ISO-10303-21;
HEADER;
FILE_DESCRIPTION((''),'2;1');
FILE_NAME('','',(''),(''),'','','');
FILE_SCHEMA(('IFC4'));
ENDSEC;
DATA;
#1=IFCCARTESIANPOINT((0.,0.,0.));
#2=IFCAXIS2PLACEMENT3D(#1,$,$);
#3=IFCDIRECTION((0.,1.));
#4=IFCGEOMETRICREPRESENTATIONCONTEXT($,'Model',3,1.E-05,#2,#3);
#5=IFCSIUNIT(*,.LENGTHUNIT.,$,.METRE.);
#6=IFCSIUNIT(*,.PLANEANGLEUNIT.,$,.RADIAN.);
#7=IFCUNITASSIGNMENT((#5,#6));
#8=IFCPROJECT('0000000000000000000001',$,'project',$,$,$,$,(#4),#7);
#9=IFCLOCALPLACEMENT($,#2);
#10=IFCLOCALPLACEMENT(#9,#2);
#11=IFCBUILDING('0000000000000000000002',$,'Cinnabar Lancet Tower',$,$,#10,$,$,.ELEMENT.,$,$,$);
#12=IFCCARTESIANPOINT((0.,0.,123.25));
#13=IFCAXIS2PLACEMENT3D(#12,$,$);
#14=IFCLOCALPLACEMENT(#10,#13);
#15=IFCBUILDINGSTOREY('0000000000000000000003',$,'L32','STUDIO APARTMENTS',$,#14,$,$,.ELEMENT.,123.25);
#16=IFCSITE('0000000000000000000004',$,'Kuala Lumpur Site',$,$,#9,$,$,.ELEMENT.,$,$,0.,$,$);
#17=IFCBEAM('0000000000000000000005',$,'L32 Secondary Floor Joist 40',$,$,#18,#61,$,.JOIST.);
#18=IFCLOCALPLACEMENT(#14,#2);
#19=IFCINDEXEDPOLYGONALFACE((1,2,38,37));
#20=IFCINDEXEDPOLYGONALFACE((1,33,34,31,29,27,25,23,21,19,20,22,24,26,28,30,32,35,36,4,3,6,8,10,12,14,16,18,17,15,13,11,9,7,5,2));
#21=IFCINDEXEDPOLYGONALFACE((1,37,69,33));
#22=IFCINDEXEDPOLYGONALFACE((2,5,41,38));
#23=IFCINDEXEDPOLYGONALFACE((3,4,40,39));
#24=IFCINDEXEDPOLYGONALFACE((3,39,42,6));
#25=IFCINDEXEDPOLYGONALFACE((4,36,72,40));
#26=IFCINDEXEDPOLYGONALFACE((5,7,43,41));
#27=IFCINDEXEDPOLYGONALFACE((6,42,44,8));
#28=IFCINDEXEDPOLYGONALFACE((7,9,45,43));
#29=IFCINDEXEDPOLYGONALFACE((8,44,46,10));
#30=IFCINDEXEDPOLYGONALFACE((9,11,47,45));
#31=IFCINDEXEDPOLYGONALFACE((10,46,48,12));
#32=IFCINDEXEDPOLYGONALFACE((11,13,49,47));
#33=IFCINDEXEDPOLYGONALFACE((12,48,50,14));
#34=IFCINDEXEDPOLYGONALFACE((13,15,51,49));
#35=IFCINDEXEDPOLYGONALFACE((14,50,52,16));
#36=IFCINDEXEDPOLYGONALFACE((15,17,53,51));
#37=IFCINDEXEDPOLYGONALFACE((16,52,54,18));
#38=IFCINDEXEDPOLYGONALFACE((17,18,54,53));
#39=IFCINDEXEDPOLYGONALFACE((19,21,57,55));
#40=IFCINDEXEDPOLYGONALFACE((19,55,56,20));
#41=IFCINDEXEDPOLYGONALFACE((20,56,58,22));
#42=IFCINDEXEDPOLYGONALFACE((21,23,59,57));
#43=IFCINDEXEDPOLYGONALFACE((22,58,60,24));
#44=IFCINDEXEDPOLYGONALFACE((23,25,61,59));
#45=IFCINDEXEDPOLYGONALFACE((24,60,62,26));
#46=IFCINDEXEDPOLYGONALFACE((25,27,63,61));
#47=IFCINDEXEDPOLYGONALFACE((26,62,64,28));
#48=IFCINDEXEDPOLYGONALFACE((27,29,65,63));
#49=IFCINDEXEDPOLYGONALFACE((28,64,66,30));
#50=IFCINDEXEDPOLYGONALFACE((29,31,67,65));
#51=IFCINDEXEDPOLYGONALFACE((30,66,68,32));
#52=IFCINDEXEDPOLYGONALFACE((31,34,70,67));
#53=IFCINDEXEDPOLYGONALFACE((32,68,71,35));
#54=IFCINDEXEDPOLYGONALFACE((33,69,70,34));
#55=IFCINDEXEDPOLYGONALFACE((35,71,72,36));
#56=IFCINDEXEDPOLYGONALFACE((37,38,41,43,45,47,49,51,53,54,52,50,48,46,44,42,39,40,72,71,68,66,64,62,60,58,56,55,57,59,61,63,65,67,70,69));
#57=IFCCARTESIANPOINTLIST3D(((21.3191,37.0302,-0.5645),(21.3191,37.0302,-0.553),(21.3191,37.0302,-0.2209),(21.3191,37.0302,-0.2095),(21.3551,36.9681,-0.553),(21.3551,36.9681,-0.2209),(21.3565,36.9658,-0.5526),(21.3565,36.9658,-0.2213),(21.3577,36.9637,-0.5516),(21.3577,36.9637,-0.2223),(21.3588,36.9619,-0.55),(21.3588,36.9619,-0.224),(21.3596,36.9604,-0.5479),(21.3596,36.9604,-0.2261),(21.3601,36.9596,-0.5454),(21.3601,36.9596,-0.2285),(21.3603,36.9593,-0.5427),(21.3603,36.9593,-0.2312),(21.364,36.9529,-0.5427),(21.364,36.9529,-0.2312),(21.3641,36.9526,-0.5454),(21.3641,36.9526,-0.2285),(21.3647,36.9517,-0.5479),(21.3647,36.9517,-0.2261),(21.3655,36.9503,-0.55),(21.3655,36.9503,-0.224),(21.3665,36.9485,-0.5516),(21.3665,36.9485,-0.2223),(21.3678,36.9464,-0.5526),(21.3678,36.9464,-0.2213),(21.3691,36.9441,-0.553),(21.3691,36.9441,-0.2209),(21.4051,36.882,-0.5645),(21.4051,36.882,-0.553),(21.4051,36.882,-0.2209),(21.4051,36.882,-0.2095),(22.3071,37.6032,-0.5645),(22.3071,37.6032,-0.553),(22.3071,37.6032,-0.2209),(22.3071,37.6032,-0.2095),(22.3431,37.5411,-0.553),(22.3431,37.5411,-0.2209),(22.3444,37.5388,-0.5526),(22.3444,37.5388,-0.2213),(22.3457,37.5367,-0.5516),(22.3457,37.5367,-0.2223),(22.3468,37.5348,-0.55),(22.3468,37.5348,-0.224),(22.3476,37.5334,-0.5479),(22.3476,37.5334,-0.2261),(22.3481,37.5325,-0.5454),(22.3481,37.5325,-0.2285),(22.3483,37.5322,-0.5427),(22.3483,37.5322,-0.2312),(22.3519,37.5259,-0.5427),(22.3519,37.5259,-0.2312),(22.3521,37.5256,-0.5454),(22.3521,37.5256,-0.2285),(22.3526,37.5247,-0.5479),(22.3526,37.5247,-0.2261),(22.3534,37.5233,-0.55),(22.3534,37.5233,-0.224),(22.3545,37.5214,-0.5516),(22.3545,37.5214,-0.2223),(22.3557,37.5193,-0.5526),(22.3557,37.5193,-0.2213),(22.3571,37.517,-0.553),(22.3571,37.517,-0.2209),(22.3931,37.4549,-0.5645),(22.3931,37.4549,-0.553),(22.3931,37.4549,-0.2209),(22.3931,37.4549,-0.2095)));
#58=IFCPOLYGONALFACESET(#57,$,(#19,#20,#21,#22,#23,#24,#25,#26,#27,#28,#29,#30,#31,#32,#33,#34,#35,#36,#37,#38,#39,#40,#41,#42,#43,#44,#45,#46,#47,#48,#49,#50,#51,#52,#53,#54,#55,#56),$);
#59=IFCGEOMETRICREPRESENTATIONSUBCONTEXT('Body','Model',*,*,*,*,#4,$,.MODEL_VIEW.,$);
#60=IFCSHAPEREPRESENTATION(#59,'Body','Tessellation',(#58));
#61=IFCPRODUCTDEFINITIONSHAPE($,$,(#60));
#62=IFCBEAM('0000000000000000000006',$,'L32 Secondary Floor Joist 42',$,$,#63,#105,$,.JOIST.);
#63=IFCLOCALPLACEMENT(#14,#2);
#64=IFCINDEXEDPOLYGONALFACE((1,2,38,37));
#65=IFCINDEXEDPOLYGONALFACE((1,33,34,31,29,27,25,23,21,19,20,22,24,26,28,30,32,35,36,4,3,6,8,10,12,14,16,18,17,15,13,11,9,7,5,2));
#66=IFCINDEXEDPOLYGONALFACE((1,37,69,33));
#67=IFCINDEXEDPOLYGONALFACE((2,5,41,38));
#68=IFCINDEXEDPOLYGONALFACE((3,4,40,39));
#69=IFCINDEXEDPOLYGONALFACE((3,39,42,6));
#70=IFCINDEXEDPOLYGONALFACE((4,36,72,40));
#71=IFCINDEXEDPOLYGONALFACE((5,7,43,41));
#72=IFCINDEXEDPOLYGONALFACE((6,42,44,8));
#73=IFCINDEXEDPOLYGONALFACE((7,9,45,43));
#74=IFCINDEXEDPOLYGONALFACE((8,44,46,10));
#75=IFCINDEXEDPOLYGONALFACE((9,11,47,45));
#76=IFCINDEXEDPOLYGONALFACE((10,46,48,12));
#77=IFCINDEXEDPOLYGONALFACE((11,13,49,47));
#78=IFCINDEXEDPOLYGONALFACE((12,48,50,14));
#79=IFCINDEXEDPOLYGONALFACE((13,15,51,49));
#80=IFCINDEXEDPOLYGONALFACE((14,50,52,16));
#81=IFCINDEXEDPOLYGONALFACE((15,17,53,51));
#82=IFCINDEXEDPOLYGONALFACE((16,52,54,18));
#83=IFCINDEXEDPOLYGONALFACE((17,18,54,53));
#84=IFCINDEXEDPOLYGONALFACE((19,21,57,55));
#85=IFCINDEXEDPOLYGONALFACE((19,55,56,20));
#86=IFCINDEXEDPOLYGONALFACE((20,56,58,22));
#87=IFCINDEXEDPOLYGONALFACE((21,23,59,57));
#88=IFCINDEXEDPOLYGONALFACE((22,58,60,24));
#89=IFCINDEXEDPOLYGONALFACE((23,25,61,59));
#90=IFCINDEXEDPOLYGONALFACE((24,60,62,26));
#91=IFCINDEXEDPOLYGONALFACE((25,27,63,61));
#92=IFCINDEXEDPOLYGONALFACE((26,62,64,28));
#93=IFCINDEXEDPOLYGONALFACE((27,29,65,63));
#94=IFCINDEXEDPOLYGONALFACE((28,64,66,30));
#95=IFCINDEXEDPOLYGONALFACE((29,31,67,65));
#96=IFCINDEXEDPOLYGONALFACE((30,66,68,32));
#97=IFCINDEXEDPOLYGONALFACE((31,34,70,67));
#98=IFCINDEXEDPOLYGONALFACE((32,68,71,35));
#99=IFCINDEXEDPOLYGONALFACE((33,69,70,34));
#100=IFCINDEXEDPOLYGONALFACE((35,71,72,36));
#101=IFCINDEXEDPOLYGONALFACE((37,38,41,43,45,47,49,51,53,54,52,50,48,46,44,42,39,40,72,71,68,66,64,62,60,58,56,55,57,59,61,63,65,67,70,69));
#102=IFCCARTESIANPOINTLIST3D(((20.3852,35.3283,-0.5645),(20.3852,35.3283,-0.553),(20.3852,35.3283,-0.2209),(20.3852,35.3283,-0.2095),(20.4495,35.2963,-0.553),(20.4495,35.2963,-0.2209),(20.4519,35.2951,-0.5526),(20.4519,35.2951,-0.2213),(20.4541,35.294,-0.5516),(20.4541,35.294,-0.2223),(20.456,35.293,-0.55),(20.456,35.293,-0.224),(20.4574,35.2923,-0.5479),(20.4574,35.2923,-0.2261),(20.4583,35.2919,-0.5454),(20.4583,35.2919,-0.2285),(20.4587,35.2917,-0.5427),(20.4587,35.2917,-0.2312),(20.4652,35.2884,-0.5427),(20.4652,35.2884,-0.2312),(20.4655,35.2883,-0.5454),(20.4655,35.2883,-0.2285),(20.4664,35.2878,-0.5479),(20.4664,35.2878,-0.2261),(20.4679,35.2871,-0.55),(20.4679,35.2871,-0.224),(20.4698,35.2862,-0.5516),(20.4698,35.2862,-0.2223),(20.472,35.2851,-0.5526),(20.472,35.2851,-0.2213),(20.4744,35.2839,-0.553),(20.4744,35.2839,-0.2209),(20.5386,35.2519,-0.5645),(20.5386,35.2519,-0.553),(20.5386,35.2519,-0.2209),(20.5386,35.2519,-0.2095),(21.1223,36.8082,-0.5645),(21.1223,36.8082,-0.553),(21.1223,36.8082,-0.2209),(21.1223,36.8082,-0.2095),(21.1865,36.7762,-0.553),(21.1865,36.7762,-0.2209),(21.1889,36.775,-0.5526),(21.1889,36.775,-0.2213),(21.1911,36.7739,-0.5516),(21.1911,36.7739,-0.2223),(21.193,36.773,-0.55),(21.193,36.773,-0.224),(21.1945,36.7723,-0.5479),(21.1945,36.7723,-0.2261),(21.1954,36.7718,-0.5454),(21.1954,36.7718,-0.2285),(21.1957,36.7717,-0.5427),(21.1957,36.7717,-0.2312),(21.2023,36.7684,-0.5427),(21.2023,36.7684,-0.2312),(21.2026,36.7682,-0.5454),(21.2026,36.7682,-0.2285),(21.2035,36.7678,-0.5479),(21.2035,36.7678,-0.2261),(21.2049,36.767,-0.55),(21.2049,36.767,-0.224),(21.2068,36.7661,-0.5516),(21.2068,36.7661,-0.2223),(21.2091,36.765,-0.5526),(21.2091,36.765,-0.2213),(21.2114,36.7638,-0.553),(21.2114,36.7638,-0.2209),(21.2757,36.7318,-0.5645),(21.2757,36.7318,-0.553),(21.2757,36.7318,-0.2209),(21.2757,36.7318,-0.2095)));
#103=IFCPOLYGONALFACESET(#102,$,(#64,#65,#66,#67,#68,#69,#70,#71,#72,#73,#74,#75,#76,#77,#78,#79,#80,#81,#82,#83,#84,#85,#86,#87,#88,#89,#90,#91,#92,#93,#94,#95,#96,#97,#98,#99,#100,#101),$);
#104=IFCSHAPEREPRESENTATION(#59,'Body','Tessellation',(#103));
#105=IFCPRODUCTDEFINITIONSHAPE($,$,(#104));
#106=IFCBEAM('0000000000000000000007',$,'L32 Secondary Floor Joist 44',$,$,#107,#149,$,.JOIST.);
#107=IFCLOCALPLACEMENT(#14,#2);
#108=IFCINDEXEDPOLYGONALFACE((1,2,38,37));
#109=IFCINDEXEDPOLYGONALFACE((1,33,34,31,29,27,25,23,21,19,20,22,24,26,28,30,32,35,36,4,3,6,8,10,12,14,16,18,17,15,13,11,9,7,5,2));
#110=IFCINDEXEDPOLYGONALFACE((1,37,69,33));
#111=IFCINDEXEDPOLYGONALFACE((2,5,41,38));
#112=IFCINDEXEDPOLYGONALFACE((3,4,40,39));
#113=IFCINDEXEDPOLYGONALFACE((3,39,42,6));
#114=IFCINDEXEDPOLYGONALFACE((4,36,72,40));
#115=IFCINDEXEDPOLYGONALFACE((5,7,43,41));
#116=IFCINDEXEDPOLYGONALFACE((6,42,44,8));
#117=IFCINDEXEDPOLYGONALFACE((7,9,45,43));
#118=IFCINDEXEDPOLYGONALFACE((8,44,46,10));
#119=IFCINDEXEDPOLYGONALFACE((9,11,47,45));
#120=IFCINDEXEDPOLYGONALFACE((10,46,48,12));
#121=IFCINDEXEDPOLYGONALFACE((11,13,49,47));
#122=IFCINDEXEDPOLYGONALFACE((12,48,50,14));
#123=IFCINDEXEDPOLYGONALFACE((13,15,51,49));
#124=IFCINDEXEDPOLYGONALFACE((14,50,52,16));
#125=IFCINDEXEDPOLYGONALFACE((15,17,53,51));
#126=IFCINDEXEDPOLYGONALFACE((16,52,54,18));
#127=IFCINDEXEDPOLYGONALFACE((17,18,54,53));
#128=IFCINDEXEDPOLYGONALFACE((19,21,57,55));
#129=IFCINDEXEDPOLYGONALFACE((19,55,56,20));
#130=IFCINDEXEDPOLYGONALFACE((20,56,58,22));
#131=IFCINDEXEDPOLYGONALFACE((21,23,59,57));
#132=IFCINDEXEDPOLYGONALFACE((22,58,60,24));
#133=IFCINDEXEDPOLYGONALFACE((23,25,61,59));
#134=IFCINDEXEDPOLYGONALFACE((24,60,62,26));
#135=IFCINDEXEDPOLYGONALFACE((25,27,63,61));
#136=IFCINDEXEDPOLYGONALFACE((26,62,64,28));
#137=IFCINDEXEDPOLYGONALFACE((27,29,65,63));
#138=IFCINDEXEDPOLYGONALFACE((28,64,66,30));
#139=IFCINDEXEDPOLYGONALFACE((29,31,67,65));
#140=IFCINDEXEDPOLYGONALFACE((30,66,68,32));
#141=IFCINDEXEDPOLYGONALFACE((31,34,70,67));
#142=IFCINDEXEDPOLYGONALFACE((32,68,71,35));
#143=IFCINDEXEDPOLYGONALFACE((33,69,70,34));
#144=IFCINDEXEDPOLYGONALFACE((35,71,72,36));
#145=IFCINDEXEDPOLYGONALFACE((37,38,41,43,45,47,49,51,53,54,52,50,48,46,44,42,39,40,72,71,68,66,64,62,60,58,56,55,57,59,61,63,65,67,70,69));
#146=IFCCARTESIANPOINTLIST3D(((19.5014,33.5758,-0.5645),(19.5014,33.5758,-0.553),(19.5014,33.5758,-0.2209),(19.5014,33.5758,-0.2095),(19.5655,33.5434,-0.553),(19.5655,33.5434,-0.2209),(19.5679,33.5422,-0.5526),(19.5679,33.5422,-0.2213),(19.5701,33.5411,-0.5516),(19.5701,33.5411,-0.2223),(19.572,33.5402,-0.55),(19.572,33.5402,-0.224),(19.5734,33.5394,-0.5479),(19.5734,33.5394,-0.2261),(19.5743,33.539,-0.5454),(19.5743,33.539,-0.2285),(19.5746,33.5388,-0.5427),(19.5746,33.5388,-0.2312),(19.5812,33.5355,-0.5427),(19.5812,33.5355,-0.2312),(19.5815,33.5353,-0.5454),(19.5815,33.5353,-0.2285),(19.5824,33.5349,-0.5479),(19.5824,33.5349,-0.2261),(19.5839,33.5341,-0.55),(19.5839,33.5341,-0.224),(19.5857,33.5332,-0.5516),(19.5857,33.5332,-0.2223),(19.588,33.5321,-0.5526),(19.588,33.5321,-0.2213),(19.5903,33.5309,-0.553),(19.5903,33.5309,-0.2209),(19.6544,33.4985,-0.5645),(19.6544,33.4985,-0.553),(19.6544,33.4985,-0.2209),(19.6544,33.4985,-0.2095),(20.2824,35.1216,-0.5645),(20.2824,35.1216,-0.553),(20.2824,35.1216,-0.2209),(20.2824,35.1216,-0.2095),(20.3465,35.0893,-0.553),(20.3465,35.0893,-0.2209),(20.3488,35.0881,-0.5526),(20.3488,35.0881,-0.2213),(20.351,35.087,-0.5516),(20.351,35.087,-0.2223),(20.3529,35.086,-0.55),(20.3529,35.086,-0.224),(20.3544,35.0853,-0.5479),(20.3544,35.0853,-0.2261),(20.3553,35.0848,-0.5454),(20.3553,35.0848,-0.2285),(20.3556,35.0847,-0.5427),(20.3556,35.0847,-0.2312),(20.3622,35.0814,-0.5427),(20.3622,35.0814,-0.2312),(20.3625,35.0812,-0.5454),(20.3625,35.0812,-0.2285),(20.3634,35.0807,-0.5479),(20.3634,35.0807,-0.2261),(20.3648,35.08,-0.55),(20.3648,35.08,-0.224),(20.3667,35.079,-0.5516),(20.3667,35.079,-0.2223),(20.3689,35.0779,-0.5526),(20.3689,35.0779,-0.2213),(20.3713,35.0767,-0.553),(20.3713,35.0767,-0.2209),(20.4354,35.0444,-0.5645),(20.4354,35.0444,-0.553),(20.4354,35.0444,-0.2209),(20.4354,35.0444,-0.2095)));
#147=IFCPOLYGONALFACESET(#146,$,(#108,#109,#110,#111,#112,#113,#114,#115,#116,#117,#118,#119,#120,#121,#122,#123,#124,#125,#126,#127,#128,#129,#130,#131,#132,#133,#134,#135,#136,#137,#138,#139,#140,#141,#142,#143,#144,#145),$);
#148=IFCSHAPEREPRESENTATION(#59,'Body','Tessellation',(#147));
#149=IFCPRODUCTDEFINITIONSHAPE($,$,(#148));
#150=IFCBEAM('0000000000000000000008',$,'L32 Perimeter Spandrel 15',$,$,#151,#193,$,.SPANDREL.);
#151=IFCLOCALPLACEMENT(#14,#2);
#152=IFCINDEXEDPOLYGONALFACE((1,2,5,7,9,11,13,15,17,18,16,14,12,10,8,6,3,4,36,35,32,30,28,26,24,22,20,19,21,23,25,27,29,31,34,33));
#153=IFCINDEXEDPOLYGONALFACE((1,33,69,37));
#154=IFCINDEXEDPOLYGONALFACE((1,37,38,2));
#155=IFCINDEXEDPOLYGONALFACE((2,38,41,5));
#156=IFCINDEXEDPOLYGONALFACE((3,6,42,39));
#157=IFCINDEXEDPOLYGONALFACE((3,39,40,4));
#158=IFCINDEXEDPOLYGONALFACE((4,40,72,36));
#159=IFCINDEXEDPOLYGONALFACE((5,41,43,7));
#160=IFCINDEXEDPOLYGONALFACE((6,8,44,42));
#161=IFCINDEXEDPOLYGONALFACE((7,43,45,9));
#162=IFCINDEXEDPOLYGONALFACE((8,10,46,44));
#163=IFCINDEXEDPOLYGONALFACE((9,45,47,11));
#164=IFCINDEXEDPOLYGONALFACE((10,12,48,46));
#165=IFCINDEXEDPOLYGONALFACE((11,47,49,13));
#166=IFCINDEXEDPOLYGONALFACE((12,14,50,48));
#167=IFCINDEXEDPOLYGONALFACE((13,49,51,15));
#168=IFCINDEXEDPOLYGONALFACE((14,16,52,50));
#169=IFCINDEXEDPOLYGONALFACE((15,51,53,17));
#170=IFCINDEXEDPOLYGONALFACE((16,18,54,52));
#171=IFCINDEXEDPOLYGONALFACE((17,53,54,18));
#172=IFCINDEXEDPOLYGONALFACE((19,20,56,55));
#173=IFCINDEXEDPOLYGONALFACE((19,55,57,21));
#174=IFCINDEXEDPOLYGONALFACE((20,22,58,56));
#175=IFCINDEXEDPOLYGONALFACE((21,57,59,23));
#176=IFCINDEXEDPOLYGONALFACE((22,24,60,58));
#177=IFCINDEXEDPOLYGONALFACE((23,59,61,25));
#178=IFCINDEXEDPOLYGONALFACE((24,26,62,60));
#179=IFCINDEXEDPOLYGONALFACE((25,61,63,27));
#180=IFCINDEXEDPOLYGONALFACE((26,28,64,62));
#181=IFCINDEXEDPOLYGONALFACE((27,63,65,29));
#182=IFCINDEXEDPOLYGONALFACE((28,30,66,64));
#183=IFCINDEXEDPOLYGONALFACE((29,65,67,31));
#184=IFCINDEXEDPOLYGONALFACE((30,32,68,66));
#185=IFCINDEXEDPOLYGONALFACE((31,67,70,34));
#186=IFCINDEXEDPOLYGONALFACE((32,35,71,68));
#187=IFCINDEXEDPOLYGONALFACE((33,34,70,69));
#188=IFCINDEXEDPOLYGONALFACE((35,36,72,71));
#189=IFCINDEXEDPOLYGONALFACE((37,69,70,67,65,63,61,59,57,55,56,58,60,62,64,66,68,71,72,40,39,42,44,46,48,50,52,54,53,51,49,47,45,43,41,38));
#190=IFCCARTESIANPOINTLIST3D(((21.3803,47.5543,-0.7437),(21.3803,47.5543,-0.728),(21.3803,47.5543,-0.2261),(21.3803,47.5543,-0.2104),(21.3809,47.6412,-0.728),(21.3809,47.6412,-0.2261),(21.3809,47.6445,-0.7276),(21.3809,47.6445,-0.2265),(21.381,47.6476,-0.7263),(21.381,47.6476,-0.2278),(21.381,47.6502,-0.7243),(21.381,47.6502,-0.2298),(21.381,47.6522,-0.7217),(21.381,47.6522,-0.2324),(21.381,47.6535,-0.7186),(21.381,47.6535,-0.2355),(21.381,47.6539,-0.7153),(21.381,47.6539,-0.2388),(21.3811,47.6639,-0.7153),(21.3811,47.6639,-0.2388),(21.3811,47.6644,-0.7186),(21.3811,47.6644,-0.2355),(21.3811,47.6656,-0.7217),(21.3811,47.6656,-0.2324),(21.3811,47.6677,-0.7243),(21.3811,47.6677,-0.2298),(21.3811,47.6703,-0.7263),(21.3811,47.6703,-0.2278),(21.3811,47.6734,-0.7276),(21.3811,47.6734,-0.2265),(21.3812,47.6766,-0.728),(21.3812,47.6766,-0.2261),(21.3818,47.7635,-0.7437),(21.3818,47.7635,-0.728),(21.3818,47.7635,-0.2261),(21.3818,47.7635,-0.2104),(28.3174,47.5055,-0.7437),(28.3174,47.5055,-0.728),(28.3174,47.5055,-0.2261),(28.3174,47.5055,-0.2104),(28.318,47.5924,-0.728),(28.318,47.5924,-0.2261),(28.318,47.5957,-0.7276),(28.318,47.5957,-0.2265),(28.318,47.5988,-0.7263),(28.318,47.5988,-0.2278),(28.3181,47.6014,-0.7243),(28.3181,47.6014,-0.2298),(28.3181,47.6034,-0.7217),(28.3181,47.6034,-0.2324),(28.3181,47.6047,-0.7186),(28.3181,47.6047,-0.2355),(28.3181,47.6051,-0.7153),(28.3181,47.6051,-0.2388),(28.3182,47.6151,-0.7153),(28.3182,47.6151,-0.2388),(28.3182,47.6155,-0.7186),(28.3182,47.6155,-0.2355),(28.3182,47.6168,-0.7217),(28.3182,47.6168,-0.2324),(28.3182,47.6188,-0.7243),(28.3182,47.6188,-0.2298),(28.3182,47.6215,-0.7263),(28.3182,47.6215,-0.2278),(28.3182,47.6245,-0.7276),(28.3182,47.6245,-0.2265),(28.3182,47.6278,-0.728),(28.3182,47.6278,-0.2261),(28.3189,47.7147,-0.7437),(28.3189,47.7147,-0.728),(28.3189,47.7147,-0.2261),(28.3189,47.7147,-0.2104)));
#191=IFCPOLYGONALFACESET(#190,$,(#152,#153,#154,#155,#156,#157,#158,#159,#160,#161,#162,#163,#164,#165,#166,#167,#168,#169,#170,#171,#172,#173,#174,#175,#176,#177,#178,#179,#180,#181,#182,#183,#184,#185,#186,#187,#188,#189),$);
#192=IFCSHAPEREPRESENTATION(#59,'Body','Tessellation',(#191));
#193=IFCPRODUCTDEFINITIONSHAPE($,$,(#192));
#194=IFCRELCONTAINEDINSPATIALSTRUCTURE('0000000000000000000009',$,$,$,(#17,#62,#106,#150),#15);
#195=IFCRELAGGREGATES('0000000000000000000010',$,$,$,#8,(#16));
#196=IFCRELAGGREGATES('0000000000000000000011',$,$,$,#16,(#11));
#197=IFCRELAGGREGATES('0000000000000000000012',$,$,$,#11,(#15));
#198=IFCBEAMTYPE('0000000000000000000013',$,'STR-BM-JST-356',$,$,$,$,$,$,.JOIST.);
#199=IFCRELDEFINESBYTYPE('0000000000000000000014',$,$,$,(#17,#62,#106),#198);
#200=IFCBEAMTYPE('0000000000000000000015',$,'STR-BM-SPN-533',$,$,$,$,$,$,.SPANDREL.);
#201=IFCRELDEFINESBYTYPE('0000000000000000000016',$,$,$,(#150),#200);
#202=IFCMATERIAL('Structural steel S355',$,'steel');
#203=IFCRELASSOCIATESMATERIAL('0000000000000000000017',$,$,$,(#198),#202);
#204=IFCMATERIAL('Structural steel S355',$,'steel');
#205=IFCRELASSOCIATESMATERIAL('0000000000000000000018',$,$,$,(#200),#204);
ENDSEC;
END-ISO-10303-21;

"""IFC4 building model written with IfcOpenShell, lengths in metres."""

from ifc_helpers import new_model, si_unit, direction, frame, origin, origin_2d, place, context, subcontext, project, spatial, i_section, extrude, material, material_profile, profile_set, type_object, element, save


model = new_model("IFC4")

# Units and contexts
model_context = context("Model", 3, precision=1e-05, world=origin(), true_north=direction((0.0, 1.0)))
body_context = subcontext(model_context, "Body", "Model", "MODEL_VIEW")
ifc_project = project(units=[si_unit("LENGTHUNIT", "METRE"), si_unit("PLANEANGLEUNIT", "RADIAN")], contexts=[model_context])

# Site, building, storey
site_placement = place(None, origin())
site = spatial("IfcSite", under=ifc_project, at=site_placement, Name="Kuala Lumpur Site", CompositionType="ELEMENT", RefElevation=0.0)
building_placement = place(site_placement, origin())
building = spatial("IfcBuilding", under=site, at=building_placement, Name="Cinnabar Lancet Tower", CompositionType="ELEMENT")
storey_placement = place(building_placement, frame((0.0, 0.0, 123.25)))
storey = spatial("IfcBuildingStorey", under=building, at=storey_placement, Name="L32", Description="STUDIO APARTMENTS", CompositionType="ELEMENT", Elevation=123.25)

# Beams
ifc_material_1 = material(Name="Structural steel S355", Category="steel")
ifc_material_profile_1 = material_profile(ifc_material_1, i_section(OverallWidth=0.1714, OverallDepth=0.355, WebThickness=0.0073, FlangeThickness=0.0115, FilletRadius=0.0103, at=origin_2d()), Name="UKB 356x171x51")
ifc_profile_set_1 = profile_set([ifc_material_profile_1], Name="Structural steel S355")
beam_type_1 = type_object("IfcBeamType", Name="STR-BM-JST-356", PredefinedType="JOIST", material=ifc_profile_set_1)
beam_1_placement = place(storey_placement, frame((22.3501, 37.5291, -0.387), z_axis=(-0.865055, -0.501677, 0.0), x_axis=(0.501677, -0.865055, 0.0)))
element("IfcBeam", 1, at=beam_1_placement, inside=storey, type_object=beam_type_1, Name="L32 Secondary Floor Joist 40", PredefinedType="JOIST", context=body_context, shape_type="SweptSolid", body=[
    extrude(i_section(OverallWidth=0.1714, OverallDepth=0.355, WebThickness=0.0073, FlangeThickness=0.0115, FilletRadius=0.0103, at=origin_2d()), origin(), (0.0, 0.0, 1.0), 1.1421),
])
beam_2_placement = place(storey_placement, frame((21.199, 36.77, -0.387), z_axis=(-0.445795, -0.895135, 0.0), x_axis=(0.895135, -0.445795, 0.0)))
element("IfcBeam", 2, at=beam_2_placement, inside=storey, type_object=beam_type_1, Name="L32 Secondary Floor Joist 42", PredefinedType="JOIST", context=body_context, shape_type="SweptSolid", body=[
    extrude(i_section(OverallWidth=0.1714, OverallDepth=0.355, WebThickness=0.0073, FlangeThickness=0.0115, FilletRadius=0.0103, at=origin_2d()), origin(), (0.0, 0.0, 1.0), 1.6533),
])
beam_3_placement = place(storey_placement, frame((20.3589, 35.083, -0.387), z_axis=(-0.450931, -0.892559, 0.0), x_axis=(0.892559, -0.450931, 0.0)))
element("IfcBeam", 3, at=beam_3_placement, inside=storey, type_object=beam_type_1, Name="L32 Secondary Floor Joist 44", PredefinedType="JOIST", context=body_context, shape_type="SweptSolid", body=[
    extrude(i_section(OverallWidth=0.1714, OverallDepth=0.355, WebThickness=0.0073, FlangeThickness=0.0115, FilletRadius=0.0103, at=origin_2d()), origin(), (0.0, 0.0, 1.0), 1.7319),
])
ifc_material_2 = material(Name="Structural steel S355", Category="steel")
ifc_material_profile_2 = material_profile(ifc_material_2, i_section(OverallWidth=0.2092, OverallDepth=0.5332, WebThickness=0.01, FlangeThickness=0.0156, FilletRadius=0.0127, at=origin_2d()), Name="UKB 533x210x92")
ifc_profile_set_2 = profile_set([ifc_material_profile_2], Name="Structural steel S355")
beam_type_2 = type_object("IfcBeamType", Name="STR-BM-SPN-533", PredefinedType="SPANDREL", material=ifc_profile_set_2)
beam_4_placement = place(storey_placement, frame((28.3181, 47.6101, -0.4771), z_axis=(-0.999975, 0.007039, 0.0), x_axis=(-0.007039, -0.999975, 0.0)))
element("IfcBeam", 4, at=beam_4_placement, inside=storey, type_object=beam_type_2, Name="L32 Perimeter Spandrel 15", PredefinedType="SPANDREL", context=body_context, shape_type="SweptSolid", body=[
    extrude(i_section(OverallWidth=0.2092, OverallDepth=0.5332, WebThickness=0.01, FlangeThickness=0.0156, FilletRadius=0.0127, at=origin_2d()), origin(), (0.0, 0.0, 1.0), 6.9373),
])

save(model, "model.ifc")
